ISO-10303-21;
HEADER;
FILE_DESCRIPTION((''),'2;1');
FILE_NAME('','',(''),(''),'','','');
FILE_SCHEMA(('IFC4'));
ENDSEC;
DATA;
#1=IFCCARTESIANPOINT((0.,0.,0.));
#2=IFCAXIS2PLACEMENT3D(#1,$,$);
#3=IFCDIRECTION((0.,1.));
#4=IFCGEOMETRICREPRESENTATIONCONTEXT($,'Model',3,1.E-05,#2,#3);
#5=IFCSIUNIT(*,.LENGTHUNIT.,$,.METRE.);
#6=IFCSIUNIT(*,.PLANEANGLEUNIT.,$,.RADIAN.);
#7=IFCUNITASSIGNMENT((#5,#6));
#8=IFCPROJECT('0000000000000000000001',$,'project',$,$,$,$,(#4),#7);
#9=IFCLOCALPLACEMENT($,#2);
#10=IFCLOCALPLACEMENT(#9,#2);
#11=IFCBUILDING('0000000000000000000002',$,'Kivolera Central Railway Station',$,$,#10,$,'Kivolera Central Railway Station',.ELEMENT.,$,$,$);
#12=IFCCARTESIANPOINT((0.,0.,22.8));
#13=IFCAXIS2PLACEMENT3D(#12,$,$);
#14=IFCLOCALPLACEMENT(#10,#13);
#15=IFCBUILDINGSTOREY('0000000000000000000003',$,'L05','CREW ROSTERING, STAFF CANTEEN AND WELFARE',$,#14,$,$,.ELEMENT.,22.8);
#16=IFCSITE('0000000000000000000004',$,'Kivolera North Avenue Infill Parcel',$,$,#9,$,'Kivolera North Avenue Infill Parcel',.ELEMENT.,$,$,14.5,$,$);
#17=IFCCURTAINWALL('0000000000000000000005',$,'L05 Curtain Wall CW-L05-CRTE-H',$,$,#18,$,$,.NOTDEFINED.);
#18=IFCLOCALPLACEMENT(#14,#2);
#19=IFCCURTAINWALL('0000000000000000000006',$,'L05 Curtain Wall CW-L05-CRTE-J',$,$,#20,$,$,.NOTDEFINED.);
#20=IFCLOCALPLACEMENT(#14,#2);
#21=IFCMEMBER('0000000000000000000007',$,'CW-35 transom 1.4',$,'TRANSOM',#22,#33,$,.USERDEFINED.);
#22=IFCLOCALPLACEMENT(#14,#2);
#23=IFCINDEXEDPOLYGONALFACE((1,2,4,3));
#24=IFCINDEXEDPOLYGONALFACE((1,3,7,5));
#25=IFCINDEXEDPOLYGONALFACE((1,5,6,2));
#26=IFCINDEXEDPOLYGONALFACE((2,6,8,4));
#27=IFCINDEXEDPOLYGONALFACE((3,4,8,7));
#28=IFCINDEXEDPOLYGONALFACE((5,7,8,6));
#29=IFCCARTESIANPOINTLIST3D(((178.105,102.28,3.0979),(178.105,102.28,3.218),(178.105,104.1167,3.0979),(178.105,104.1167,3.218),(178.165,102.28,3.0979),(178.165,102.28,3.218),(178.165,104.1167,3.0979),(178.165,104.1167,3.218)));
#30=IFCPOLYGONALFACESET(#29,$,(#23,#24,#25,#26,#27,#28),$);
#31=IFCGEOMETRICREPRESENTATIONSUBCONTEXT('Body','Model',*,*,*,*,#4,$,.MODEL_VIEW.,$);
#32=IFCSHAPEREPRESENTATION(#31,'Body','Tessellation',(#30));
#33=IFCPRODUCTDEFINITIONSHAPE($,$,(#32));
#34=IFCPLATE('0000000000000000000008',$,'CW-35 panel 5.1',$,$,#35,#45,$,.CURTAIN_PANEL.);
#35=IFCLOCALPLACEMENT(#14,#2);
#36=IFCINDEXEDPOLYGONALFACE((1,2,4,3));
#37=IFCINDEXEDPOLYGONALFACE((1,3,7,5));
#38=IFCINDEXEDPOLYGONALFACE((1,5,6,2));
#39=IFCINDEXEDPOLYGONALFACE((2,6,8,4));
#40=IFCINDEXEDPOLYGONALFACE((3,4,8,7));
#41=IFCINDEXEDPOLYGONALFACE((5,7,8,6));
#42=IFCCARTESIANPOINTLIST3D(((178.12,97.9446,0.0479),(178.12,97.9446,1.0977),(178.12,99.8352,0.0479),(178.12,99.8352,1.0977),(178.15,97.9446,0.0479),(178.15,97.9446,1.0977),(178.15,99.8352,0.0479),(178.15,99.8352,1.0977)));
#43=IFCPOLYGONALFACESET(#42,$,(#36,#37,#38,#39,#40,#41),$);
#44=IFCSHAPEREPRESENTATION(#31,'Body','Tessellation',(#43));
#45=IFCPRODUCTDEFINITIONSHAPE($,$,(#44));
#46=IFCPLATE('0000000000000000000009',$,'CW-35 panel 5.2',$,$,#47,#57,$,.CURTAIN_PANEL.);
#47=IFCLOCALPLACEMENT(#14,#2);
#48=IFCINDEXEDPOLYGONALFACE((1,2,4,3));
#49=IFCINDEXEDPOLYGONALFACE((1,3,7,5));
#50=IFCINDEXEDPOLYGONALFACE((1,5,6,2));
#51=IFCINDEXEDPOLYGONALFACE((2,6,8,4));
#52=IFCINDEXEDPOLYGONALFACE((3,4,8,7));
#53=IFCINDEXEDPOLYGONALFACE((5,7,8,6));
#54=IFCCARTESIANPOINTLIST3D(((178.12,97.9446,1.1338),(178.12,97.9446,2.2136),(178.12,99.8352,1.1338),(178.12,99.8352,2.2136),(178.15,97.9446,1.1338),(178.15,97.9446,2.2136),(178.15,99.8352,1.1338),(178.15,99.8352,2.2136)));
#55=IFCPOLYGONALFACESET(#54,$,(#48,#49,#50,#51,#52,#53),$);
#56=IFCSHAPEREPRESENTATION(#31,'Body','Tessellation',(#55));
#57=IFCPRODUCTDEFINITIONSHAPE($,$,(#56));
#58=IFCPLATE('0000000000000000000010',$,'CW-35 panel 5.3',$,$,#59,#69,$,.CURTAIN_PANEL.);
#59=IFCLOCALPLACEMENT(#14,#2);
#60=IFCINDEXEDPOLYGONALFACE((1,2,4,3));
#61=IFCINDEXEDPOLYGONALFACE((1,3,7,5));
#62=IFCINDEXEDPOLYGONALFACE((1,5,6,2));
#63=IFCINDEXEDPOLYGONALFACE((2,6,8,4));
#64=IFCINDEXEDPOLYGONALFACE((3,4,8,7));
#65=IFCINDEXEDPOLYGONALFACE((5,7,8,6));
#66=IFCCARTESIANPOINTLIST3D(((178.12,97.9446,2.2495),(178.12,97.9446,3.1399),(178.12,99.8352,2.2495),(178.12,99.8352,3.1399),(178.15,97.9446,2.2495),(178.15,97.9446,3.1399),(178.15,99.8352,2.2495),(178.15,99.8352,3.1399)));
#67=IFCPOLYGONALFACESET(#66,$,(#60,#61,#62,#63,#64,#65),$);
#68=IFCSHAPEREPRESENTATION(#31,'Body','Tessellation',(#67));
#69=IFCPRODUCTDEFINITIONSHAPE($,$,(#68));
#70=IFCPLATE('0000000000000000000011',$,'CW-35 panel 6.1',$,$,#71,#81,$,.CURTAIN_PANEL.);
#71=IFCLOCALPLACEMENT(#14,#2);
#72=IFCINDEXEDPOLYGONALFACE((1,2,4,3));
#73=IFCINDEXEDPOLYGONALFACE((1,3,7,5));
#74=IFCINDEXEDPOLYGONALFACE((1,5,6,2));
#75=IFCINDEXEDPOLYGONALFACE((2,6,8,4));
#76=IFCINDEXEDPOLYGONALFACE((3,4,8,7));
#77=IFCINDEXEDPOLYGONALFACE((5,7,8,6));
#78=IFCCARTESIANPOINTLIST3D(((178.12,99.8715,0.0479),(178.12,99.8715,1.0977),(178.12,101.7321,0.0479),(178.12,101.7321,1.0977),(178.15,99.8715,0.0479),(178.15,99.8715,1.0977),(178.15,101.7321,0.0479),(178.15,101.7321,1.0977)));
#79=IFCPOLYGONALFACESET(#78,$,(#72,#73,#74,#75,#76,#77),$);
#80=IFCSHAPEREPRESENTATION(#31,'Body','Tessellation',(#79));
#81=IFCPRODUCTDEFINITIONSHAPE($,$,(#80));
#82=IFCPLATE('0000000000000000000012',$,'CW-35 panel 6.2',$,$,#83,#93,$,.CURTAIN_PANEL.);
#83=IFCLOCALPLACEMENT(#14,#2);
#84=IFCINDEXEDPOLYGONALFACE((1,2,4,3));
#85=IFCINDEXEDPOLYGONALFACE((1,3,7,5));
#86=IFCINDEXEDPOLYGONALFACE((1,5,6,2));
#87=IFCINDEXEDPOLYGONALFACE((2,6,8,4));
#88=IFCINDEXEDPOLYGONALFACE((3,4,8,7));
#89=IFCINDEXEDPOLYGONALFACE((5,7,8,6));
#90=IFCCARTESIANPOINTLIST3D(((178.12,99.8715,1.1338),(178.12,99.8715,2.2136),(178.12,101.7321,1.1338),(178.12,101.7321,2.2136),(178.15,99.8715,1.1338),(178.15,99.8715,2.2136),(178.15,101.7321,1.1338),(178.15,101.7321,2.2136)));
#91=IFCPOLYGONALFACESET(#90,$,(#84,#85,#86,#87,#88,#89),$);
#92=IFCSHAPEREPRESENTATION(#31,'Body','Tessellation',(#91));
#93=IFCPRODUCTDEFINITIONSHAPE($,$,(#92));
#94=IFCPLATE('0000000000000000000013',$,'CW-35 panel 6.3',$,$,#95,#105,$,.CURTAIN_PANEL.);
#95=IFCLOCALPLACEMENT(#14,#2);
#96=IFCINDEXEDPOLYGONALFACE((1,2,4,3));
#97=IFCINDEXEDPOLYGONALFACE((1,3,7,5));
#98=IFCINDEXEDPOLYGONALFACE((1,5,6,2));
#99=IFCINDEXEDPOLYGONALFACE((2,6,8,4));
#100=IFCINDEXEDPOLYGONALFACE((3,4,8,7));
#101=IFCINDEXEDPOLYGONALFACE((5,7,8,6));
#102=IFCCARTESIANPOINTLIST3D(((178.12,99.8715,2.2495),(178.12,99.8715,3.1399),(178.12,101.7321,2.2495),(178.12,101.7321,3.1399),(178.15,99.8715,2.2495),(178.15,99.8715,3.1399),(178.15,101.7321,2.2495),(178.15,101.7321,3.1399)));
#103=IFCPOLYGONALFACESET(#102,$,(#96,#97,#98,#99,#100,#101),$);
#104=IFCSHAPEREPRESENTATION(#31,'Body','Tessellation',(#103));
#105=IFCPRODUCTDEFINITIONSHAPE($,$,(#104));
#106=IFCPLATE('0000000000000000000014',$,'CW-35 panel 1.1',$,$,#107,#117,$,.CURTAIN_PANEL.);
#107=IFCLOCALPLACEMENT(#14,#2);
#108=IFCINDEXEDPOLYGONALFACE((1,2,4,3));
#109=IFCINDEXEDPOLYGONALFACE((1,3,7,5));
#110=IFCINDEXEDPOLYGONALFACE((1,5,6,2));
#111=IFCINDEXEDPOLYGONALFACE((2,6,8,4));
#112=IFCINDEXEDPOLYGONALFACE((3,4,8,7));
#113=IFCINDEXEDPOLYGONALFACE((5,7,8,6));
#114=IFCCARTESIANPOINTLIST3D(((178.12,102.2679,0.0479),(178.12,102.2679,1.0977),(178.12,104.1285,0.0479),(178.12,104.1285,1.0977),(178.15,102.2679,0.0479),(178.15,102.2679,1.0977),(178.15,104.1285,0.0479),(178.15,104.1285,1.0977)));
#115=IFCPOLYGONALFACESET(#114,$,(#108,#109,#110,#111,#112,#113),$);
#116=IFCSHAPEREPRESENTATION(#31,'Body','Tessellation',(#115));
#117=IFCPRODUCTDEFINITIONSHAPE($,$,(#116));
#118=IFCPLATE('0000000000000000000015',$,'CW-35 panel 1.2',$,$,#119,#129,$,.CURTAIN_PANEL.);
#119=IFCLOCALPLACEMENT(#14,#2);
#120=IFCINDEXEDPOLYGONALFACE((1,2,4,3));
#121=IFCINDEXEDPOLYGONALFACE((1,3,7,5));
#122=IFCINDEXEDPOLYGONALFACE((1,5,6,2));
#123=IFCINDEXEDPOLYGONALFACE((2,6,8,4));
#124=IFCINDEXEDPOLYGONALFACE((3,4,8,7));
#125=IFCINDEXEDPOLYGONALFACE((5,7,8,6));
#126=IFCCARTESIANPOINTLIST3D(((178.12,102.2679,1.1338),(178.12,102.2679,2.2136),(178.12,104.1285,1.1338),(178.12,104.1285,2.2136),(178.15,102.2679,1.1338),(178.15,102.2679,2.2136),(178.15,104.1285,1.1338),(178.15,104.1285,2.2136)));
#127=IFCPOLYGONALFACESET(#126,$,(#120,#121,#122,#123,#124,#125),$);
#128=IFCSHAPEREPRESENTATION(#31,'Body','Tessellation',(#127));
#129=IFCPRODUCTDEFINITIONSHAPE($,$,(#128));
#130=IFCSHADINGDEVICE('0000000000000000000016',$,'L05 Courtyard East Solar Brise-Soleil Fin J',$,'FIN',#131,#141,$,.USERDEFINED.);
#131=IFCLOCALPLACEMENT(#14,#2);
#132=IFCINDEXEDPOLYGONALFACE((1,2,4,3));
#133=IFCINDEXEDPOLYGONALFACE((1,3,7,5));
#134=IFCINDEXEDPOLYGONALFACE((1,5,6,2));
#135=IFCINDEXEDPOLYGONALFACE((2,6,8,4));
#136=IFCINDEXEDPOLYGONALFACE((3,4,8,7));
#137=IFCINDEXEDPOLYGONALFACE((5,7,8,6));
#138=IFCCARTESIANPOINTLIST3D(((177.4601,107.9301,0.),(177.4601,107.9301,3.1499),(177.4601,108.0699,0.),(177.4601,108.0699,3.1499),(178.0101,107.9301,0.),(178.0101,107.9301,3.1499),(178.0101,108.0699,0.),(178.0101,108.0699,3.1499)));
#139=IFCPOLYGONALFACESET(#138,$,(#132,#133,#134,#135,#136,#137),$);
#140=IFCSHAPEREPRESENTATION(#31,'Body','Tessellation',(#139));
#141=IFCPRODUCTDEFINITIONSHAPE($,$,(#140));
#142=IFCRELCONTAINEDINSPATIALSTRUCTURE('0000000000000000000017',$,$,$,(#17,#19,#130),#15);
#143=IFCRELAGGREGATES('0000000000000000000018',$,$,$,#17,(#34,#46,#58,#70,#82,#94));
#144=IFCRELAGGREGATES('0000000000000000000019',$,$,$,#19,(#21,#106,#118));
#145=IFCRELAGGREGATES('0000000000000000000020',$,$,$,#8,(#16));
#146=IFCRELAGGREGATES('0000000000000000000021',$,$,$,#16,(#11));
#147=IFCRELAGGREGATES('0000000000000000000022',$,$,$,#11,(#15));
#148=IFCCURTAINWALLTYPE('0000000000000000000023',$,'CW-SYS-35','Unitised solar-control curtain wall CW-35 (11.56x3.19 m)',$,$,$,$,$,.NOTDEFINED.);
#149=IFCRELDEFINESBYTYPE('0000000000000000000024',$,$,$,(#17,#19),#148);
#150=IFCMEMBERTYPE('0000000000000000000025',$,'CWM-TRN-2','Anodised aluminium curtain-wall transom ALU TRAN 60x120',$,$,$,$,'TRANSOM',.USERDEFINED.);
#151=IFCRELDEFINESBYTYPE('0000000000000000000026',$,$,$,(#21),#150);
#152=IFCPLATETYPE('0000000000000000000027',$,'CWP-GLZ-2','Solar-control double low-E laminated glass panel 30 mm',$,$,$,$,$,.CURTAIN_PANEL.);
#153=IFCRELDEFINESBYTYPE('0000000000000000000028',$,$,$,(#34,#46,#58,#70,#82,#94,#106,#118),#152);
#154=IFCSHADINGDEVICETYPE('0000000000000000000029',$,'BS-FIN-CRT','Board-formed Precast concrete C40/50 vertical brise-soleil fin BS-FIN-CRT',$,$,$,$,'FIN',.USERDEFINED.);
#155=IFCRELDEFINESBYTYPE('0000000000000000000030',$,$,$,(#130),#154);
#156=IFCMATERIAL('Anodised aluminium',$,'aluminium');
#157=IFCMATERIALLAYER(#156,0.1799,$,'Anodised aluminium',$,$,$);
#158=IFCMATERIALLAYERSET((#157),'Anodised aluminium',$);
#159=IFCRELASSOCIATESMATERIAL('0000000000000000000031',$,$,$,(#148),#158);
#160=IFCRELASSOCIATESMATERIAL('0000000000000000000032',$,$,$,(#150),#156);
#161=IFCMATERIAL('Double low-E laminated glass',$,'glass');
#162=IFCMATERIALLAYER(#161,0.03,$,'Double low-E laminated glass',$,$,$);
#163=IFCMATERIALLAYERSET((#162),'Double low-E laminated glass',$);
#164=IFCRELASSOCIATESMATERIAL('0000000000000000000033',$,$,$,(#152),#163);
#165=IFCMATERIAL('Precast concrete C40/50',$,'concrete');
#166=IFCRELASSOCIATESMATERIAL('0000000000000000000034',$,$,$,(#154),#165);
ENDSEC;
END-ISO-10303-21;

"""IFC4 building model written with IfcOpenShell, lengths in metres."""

from ifc_helpers import new_model, si_unit, direction, frame, origin, origin_2d, place, context, subcontext, project, spatial, rectangle, extrude, material, layer, layer_set, material_profile, profile_set, type_object, element, aggregate, save


model = new_model("IFC4")

# Units and contexts
model_context = context("Model", 3, precision=1e-05, world=origin(), true_north=direction((0.0, 1.0)))
body_context = subcontext(model_context, "Body", "Model", "MODEL_VIEW")
ifc_project = project(units=[si_unit("LENGTHUNIT", "METRE"), si_unit("PLANEANGLEUNIT", "RADIAN")], contexts=[model_context])

# Site, building, storey
site_placement = place(None, origin())
site = spatial("IfcSite", under=ifc_project, at=site_placement, Name="Kivolera North Avenue Infill Parcel", LongName="Kivolera North Avenue Infill Parcel", CompositionType="ELEMENT", RefElevation=14.5)
building_placement = place(site_placement, origin())
building = spatial("IfcBuilding", under=site, at=building_placement, Name="Kivolera Central Railway Station", LongName="Kivolera Central Railway Station", CompositionType="ELEMENT")
storey_placement = place(building_placement, frame((0.0, 0.0, 22.8)))
storey = spatial("IfcBuildingStorey", under=building, at=storey_placement, Name="L05", Description="CREW ROSTERING, STAFF CANTEEN AND WELFARE", CompositionType="ELEMENT", Elevation=22.8)

# Curtain wall
ifc_material_1 = material(Name="Anodised aluminium", Category="aluminium")
ifc_layer_1 = layer(ifc_material_1, 0.1799, Name="Anodised aluminium")
ifc_layer_set_1 = layer_set([ifc_layer_1], Name="Anodised aluminium")
curtain_wall_type = type_object("IfcCurtainWallType", Name="CW-SYS-35", Description="Unitised solar-control curtain wall CW-35 (11.56x3.19 m)", PredefinedType="NOTDEFINED", material=ifc_layer_set_1)
curtain_wall_1_placement = place(storey_placement, origin())
curtain_wall_1 = element("IfcCurtainWall", 1, at=curtain_wall_1_placement, inside=storey, type_object=curtain_wall_type, Name="L05 Curtain Wall CW-L05-CRTE-H", PredefinedType="NOTDEFINED")

# Curtain wall
curtain_wall_2_placement = place(storey_placement, origin())
curtain_wall_2 = element("IfcCurtainWall", 2, at=curtain_wall_2_placement, inside=storey, type_object=curtain_wall_type, Name="L05 Curtain Wall CW-L05-CRTE-J", PredefinedType="NOTDEFINED")

# Member
ifc_material_profile_1 = material_profile(ifc_material_1, rectangle(XDim=0.0601, YDim=0.1201, at=origin_2d()), Name="ALU TRAN 60x120")
ifc_profile_set_1 = profile_set([ifc_material_profile_1], Name="Anodised aluminium")
member_type_1 = type_object("IfcMemberType", Name="CWM-TRN-2", Description="Anodised aluminium curtain-wall transom ALU TRAN 60x120", ElementType="TRANSOM", PredefinedType="USERDEFINED", material=ifc_profile_set_1)
member_1_placement = place(storey_placement, frame((178.135, 102.28, 3.158), z_axis=(0.0, 1.0, 0.0), x_axis=(-1.0, 0.0, 0.0)))
member_1 = element("IfcMember", 3, at=member_1_placement, type_object=member_type_1, Name="CW-35 transom 1.4", ObjectType="TRANSOM", PredefinedType="USERDEFINED", context=body_context, shape_type="SweptSolid", body=[
    extrude(rectangle(XDim=0.0601, YDim=0.1201, at=origin_2d()), origin(), (0.0, 0.0, 1.0), 1.8367),
])

# Plates
ifc_material_2 = material(Name="Double low-E laminated glass", Category="glass")
ifc_layer_2 = layer(ifc_material_2, 0.03, Name="Double low-E laminated glass")
ifc_layer_set_2 = layer_set([ifc_layer_2], Name="Double low-E laminated glass")
plate_type = type_object("IfcPlateType", Name="CWP-GLZ-2", Description="Solar-control double low-E laminated glass panel 30 mm", PredefinedType="CURTAIN_PANEL", material=ifc_layer_set_2)
plate_1_placement = place(storey_placement, frame((178.135, 98.8899, 0.0479), z_axis=(0.0, 0.0, 1.0), x_axis=(0.0, 1.0, 0.0)))
plate_1 = element("IfcPlate", 4, at=plate_1_placement, type_object=plate_type, Name="CW-35 panel 5.1", PredefinedType="CURTAIN_PANEL", context=body_context, shape_type="SweptSolid", body=[
    extrude(rectangle(XDim=1.8906, YDim=0.03, at=origin_2d()), origin(), (0.0, 0.0, 1.0), 1.0498),
])
plate_2_placement = place(storey_placement, frame((178.135, 98.8899, 1.1338), z_axis=(0.0, 0.0, 1.0), x_axis=(0.0, 1.0, 0.0)))
plate_2 = element("IfcPlate", 5, at=plate_2_placement, type_object=plate_type, Name="CW-35 panel 5.2", PredefinedType="CURTAIN_PANEL", context=body_context, shape_type="SweptSolid", body=[
    extrude(rectangle(XDim=1.8906, YDim=0.03, at=origin_2d()), origin(), (0.0, 0.0, 1.0), 1.0798),
])
plate_3_placement = place(storey_placement, frame((178.135, 98.8899, 2.2495), z_axis=(0.0, 0.0, 1.0), x_axis=(0.0, 1.0, 0.0)))
plate_3 = element("IfcPlate", 6, at=plate_3_placement, type_object=plate_type, Name="CW-35 panel 5.3", PredefinedType="CURTAIN_PANEL", context=body_context, shape_type="SweptSolid", body=[
    extrude(rectangle(XDim=1.8906, YDim=0.03, at=origin_2d()), origin(), (0.0, 0.0, 1.0), 0.8904),
])
plate_4_placement = place(storey_placement, frame((178.135, 100.8018, 0.0479), z_axis=(0.0, 0.0, 1.0), x_axis=(0.0, 1.0, 0.0)))
plate_4 = element("IfcPlate", 7, at=plate_4_placement, type_object=plate_type, Name="CW-35 panel 6.1", PredefinedType="CURTAIN_PANEL", context=body_context, shape_type="SweptSolid", body=[
    extrude(rectangle(XDim=1.8606, YDim=0.03, at=origin_2d()), origin(), (0.0, 0.0, 1.0), 1.0498),
])
plate_5_placement = place(storey_placement, frame((178.135, 100.8018, 1.1338), z_axis=(0.0, 0.0, 1.0), x_axis=(0.0, 1.0, 0.0)))
plate_5 = element("IfcPlate", 8, at=plate_5_placement, type_object=plate_type, Name="CW-35 panel 6.2", PredefinedType="CURTAIN_PANEL", context=body_context, shape_type="SweptSolid", body=[
    extrude(rectangle(XDim=1.8606, YDim=0.03, at=origin_2d()), origin(), (0.0, 0.0, 1.0), 1.0798),
])
plate_6_placement = place(storey_placement, frame((178.135, 100.8018, 2.2495), z_axis=(0.0, 0.0, 1.0), x_axis=(0.0, 1.0, 0.0)))
plate_6 = element("IfcPlate", 9, at=plate_6_placement, type_object=plate_type, Name="CW-35 panel 6.3", PredefinedType="CURTAIN_PANEL", context=body_context, shape_type="SweptSolid", body=[
    extrude(rectangle(XDim=1.8606, YDim=0.03, at=origin_2d()), origin(), (0.0, 0.0, 1.0), 0.8904),
])
aggregate(curtain_wall_1, [plate_1, plate_2, plate_3, plate_4, plate_5, plate_6])
plate_7_placement = place(storey_placement, frame((178.135, 103.1982, 0.0479), z_axis=(0.0, 0.0, 1.0), x_axis=(0.0, 1.0, 0.0)))
plate_7 = element("IfcPlate", 10, at=plate_7_placement, type_object=plate_type, Name="CW-35 panel 1.1", PredefinedType="CURTAIN_PANEL", context=body_context, shape_type="SweptSolid", body=[
    extrude(rectangle(XDim=1.8606, YDim=0.03, at=origin_2d()), origin(), (0.0, 0.0, 1.0), 1.0498),
])
plate_8_placement = place(storey_placement, frame((178.135, 103.1982, 1.1338), z_axis=(0.0, 0.0, 1.0), x_axis=(0.0, 1.0, 0.0)))
plate_8 = element("IfcPlate", 11, at=plate_8_placement, type_object=plate_type, Name="CW-35 panel 1.2", PredefinedType="CURTAIN_PANEL", context=body_context, shape_type="SweptSolid", body=[
    extrude(rectangle(XDim=1.8606, YDim=0.03, at=origin_2d()), origin(), (0.0, 0.0, 1.0), 1.0798),
])
aggregate(curtain_wall_2, [member_1, plate_7, plate_8])

# Shading device
ifc_material_3 = material(Name="Precast concrete C40/50", Category="concrete")
shading_device_type = type_object("IfcShadingDeviceType", Name="BS-FIN-CRT", Description="Board-formed Precast concrete C40/50 vertical brise-soleil fin BS-FIN-CRT", ElementType="FIN", PredefinedType="USERDEFINED", material=ifc_material_3)
shading_device_placement = place(storey_placement, frame((177.7351, 108.0, 0.0), z_axis=(0.0, 0.0, 1.0), x_axis=(1.0, 0.0, 0.0)))
element("IfcShadingDevice", 12, at=shading_device_placement, inside=storey, type_object=shading_device_type, Name="L05 Courtyard East Solar Brise-Soleil Fin J", ObjectType="FIN", PredefinedType="USERDEFINED", context=body_context, shape_type="SweptSolid", body=[
    extrude(rectangle(XDim=0.55, YDim=0.1399, at=origin_2d()), origin(), (0.0, 0.0, 1.0), 3.1499),
])

save(model, "model.ifc")
